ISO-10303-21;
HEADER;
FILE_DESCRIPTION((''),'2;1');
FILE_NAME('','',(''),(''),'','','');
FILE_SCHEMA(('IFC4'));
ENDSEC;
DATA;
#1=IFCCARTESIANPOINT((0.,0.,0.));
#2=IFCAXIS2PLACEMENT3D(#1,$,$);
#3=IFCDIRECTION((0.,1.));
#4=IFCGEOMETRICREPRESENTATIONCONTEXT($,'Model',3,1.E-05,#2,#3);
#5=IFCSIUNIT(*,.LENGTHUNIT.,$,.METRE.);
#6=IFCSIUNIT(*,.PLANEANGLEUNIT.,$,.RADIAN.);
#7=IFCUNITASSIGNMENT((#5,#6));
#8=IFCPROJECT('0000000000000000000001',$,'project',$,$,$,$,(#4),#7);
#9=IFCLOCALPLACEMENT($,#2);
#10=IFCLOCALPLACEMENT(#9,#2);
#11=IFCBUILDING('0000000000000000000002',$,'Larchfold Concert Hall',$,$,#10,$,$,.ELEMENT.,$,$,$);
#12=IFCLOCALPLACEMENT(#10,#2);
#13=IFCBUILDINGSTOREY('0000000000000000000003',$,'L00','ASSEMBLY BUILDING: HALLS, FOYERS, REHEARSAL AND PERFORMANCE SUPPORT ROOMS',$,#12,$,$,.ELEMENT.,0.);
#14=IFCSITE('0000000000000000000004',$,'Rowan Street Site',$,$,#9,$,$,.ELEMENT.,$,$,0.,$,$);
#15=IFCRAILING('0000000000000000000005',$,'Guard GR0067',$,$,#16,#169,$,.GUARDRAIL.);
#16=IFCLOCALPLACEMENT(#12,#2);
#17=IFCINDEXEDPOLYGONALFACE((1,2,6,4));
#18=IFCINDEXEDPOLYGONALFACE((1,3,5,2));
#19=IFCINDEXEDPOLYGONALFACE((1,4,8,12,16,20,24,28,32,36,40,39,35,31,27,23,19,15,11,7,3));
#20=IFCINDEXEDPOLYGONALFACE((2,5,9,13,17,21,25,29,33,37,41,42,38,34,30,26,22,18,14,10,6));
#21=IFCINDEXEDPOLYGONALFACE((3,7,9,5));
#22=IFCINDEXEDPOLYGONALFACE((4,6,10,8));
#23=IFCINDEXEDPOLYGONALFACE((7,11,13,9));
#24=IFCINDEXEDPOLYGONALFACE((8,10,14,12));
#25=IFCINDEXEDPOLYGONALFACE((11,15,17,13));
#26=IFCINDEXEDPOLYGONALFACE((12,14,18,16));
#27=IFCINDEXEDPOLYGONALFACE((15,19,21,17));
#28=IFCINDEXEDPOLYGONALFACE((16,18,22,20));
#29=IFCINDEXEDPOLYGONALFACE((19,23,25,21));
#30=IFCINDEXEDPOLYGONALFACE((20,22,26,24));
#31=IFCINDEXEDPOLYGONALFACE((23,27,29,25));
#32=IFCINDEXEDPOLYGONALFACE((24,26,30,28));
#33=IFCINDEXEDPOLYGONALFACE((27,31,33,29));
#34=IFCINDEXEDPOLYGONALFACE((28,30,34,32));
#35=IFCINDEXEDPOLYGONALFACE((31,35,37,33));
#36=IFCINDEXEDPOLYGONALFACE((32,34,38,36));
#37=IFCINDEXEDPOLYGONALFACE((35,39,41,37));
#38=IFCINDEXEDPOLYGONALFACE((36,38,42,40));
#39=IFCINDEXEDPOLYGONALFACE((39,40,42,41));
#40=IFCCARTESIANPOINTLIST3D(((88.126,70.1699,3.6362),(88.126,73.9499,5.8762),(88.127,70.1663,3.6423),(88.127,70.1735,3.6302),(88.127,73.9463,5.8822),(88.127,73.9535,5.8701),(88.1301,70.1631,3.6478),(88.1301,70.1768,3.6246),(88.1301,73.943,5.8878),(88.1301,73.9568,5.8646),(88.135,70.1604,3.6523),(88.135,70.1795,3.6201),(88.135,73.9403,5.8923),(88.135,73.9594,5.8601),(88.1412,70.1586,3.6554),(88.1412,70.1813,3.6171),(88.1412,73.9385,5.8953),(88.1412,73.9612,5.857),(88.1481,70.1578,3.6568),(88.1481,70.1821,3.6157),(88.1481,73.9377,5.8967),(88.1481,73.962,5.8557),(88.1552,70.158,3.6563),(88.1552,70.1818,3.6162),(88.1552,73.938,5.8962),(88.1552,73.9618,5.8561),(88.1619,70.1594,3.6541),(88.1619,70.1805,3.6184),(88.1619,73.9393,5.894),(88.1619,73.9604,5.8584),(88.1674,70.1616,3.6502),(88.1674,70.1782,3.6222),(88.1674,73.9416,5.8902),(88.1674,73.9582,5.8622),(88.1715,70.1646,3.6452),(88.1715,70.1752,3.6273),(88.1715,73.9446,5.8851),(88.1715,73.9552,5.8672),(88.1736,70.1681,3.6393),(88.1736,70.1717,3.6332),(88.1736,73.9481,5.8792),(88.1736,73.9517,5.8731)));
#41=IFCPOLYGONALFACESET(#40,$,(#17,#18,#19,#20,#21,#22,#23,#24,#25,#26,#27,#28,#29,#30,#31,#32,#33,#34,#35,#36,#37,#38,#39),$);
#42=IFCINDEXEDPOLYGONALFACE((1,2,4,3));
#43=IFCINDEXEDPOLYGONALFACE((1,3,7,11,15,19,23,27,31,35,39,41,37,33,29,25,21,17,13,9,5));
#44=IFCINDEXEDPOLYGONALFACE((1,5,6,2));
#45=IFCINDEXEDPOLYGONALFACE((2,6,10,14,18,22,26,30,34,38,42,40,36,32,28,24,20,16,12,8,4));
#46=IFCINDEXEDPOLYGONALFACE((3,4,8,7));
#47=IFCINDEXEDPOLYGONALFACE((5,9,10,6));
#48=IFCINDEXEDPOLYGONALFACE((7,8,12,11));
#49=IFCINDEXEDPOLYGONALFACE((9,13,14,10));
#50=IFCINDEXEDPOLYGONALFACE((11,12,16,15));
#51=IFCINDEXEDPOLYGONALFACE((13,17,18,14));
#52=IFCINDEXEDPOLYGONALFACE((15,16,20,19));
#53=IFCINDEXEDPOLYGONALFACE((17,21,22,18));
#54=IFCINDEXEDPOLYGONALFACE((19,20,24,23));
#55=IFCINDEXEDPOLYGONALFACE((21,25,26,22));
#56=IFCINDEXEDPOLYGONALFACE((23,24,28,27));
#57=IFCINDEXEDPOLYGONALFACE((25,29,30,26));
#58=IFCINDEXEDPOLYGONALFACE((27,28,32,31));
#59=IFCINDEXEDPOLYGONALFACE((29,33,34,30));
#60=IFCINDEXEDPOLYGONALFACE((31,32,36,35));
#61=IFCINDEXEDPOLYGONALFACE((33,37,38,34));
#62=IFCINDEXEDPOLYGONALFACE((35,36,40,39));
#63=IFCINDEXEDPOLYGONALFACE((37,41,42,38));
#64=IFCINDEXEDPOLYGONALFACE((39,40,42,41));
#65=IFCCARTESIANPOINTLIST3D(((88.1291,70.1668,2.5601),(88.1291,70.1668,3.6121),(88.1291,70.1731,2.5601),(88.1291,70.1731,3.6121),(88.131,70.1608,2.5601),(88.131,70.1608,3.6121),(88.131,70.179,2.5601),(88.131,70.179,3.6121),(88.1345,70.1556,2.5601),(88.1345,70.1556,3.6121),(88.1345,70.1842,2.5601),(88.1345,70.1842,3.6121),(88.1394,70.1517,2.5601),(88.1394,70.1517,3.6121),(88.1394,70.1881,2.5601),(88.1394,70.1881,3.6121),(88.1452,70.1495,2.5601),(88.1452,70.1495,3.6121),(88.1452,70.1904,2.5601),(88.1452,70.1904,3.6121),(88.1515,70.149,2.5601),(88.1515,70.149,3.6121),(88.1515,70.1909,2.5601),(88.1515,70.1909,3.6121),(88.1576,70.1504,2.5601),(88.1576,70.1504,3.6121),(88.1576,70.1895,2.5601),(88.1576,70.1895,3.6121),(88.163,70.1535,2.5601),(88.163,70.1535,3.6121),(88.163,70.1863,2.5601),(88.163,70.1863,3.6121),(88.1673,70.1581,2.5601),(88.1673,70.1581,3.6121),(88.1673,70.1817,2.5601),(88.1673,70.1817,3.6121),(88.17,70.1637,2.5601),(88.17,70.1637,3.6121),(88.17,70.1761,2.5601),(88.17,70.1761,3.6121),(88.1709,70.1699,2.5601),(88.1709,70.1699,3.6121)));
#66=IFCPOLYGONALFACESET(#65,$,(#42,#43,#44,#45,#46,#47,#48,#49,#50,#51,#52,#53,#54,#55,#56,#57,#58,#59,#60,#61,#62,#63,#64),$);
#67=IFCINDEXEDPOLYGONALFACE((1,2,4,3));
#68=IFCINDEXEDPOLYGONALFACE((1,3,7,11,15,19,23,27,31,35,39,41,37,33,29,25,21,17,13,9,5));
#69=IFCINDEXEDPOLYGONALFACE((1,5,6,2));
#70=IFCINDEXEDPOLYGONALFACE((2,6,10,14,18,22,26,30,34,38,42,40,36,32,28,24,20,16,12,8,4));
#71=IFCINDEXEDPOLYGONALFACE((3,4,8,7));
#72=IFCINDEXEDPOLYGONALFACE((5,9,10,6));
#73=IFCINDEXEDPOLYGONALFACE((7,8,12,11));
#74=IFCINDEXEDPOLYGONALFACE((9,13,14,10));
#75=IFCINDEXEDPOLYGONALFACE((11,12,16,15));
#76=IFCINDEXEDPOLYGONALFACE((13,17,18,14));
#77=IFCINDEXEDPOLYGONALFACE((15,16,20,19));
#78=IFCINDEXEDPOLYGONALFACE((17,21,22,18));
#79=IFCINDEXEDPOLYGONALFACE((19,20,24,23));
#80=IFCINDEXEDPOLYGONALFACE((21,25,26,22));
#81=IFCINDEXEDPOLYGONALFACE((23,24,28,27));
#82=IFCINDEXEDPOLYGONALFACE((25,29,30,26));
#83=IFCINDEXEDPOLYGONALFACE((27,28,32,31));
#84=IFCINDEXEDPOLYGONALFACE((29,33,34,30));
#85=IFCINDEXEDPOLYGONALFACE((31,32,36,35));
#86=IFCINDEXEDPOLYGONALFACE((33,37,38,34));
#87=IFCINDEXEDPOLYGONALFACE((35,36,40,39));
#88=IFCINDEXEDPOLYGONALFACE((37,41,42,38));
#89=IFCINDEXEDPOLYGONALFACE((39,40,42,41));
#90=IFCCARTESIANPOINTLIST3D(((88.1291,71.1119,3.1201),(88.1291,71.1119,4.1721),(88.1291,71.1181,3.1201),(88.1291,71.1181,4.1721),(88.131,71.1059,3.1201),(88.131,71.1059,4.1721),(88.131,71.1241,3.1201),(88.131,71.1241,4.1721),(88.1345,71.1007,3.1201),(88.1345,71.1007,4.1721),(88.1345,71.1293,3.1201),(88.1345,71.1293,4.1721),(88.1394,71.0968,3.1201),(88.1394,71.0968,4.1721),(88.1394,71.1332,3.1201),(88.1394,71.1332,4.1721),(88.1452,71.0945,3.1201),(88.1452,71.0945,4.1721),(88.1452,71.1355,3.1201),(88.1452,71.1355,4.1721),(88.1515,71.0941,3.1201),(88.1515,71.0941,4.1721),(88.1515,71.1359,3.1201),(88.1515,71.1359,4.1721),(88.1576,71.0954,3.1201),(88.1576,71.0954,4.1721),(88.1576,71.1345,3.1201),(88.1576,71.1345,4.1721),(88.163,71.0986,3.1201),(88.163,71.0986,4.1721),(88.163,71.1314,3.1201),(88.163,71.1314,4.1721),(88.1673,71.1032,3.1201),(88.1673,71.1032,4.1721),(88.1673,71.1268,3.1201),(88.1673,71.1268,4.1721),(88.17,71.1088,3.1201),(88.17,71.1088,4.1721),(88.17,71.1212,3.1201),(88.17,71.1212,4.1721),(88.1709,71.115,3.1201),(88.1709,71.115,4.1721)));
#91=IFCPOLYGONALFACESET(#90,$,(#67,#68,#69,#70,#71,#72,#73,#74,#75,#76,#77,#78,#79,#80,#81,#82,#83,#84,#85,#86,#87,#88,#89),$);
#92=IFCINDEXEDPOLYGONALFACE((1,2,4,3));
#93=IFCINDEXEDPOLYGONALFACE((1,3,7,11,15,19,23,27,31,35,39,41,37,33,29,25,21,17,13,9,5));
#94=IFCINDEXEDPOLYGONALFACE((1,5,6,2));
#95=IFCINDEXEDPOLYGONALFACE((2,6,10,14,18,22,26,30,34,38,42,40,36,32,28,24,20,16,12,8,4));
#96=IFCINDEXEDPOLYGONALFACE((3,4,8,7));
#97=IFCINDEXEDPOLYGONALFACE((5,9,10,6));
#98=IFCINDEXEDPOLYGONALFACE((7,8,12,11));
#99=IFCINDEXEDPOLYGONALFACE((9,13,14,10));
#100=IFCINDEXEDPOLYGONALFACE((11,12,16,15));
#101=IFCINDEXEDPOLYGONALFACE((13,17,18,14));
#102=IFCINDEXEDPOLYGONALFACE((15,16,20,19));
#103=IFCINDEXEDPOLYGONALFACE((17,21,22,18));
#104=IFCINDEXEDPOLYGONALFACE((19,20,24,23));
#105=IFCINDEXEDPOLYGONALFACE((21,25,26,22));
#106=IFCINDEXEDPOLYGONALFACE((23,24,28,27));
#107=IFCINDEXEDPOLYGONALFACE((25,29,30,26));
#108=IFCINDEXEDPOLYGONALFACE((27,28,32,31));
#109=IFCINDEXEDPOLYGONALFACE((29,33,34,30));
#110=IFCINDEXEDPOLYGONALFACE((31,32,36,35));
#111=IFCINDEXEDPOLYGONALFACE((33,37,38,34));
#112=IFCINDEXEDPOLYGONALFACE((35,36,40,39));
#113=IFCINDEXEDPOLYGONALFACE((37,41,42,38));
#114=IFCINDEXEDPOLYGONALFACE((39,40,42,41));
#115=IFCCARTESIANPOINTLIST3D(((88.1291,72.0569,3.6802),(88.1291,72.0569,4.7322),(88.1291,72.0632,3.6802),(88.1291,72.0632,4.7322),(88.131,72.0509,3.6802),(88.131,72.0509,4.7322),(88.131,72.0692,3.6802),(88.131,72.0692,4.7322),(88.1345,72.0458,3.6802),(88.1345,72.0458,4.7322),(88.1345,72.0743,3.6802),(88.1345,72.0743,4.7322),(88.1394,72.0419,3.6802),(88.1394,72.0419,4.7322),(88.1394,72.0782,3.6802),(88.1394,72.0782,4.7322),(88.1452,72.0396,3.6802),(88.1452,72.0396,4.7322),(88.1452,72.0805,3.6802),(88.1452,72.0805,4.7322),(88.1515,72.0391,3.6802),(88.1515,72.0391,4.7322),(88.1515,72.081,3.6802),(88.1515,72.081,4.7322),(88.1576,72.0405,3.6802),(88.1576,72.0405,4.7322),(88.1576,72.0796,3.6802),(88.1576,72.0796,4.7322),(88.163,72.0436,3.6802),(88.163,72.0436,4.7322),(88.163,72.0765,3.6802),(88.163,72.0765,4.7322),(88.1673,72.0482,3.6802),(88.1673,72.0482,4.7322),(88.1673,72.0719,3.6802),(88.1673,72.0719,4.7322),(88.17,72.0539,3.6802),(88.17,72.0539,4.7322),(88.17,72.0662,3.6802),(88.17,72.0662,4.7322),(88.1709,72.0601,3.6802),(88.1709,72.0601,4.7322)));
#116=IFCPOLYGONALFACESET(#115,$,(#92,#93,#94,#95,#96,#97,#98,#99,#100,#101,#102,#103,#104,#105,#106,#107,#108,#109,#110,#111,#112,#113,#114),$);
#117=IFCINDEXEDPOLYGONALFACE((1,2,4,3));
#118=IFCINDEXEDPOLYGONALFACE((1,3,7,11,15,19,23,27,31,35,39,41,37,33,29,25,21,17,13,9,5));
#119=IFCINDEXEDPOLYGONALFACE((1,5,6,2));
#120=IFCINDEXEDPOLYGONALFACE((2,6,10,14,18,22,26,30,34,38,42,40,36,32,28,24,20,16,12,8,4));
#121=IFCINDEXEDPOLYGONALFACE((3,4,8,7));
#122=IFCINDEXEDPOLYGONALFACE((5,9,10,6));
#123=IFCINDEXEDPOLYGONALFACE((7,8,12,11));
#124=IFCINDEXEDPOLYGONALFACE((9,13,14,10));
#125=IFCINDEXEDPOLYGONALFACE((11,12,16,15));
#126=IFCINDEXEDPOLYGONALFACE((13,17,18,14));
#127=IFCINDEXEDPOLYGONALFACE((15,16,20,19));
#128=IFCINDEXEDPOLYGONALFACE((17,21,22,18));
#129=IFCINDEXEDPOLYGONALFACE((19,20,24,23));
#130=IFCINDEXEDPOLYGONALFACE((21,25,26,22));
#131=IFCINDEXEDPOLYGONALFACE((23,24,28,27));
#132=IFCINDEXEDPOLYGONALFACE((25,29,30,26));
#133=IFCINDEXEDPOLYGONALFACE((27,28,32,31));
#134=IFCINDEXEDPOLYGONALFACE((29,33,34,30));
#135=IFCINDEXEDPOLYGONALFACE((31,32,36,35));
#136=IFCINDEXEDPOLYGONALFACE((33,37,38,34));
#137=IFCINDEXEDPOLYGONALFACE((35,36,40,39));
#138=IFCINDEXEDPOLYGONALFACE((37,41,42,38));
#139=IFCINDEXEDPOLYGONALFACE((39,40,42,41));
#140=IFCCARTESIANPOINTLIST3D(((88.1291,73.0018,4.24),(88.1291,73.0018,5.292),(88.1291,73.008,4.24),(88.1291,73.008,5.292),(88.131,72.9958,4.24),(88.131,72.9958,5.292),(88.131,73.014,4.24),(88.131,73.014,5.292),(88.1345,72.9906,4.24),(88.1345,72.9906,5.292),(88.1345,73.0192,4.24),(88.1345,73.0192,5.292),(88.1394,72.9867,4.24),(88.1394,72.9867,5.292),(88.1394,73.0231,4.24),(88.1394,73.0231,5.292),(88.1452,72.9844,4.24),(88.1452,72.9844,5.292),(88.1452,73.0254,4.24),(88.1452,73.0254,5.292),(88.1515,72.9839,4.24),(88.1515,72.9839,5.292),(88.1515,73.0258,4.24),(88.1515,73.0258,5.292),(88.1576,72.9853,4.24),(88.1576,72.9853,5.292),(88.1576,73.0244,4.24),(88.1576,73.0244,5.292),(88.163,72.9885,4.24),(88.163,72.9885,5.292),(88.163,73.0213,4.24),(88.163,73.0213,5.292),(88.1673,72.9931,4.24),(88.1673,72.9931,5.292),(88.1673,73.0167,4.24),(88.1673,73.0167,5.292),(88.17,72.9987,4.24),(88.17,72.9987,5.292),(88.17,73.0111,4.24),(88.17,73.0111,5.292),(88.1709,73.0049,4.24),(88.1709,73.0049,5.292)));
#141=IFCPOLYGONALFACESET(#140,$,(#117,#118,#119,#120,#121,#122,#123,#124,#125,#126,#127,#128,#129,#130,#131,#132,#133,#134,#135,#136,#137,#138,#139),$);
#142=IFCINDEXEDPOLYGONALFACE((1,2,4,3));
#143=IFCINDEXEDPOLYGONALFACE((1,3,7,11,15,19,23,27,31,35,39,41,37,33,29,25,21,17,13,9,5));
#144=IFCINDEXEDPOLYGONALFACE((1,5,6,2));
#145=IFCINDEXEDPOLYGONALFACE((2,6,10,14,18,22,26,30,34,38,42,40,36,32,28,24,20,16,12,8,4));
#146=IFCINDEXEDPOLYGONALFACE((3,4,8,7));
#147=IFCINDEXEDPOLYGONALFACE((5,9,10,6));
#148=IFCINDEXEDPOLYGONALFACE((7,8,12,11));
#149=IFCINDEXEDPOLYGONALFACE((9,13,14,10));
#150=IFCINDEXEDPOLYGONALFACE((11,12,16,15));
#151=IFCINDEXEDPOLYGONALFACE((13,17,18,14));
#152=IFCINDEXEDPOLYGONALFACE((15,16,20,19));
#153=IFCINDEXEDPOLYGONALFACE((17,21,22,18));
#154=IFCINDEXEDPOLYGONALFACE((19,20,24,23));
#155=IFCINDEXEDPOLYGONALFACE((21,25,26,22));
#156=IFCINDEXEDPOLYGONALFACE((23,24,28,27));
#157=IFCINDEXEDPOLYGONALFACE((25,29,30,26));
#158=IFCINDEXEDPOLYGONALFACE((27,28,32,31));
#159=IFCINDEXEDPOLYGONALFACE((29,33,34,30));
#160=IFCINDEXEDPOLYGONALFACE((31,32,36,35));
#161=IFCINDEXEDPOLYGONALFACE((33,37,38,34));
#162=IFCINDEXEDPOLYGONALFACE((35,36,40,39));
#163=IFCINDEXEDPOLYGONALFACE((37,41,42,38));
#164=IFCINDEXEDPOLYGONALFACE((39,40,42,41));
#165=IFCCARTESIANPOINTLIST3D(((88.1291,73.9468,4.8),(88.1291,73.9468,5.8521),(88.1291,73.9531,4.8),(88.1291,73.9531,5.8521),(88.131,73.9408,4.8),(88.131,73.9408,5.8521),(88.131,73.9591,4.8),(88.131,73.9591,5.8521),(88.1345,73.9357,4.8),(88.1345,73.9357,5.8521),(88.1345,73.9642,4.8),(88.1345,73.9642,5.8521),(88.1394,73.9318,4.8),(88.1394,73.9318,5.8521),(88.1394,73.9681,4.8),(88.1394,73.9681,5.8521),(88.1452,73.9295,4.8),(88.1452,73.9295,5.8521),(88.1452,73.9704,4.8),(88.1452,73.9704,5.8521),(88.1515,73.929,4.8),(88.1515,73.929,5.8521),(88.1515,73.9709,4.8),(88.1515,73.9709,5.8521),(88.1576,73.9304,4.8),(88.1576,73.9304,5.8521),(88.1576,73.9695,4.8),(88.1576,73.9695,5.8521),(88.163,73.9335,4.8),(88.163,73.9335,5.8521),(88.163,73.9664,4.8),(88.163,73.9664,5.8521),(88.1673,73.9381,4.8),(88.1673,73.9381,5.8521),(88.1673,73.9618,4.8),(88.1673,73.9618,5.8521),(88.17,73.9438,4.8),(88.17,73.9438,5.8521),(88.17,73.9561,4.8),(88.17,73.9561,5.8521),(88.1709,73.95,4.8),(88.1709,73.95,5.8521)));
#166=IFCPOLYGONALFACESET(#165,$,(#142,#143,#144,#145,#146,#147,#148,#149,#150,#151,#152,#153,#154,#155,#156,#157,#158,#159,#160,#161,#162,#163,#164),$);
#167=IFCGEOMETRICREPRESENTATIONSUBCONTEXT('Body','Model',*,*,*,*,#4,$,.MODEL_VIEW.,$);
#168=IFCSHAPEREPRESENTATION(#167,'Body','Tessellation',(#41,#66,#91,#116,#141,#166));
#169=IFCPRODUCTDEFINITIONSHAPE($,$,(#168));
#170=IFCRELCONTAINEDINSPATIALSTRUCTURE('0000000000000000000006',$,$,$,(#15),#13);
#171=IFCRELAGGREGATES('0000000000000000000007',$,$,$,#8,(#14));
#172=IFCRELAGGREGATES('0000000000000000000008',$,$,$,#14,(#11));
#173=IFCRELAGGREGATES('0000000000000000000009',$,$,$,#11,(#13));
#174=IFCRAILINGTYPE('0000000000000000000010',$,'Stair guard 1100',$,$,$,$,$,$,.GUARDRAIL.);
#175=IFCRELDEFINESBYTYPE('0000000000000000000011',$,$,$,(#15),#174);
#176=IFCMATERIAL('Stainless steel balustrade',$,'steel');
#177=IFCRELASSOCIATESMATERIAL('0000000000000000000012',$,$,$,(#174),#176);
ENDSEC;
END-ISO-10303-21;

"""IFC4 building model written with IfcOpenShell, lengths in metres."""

from ifc_helpers import new_model, si_unit, direction, frame, origin, origin_2d, place, context, subcontext, project, spatial, circle, extrude, material, type_object, element, save


model = new_model("IFC4")

# Units and contexts
model_context = context("Model", 3, precision=1e-05, world=origin(), true_north=direction((0.0, 1.0)))
body_context = subcontext(model_context, "Body", "Model", "MODEL_VIEW")
ifc_project = project(units=[si_unit("LENGTHUNIT", "METRE"), si_unit("PLANEANGLEUNIT", "RADIAN")], contexts=[model_context])

# Site, building, storey
site_placement = place(None, origin())
site = spatial("IfcSite", under=ifc_project, at=site_placement, Name="Rowan Street Site", CompositionType="ELEMENT", RefElevation=0.0)
building_placement = place(site_placement, origin())
building = spatial("IfcBuilding", under=site, at=building_placement, Name="Larchfold Concert Hall", CompositionType="ELEMENT")
storey_placement = place(building_placement, origin())
storey = spatial("IfcBuildingStorey", under=building, at=storey_placement, Name="L00", Description="ASSEMBLY BUILDING: HALLS, FOYERS, REHEARSAL AND PERFORMANCE SUPPORT ROOMS", CompositionType="ELEMENT", Elevation=0.0)

# Railing
ifc_material_1 = material(Name="Stainless steel balustrade", Category="steel")
railing_type_1 = type_object("IfcRailingType", Name="Stair guard 1100", PredefinedType="GUARDRAIL", material=ifc_material_1)
railing_1_placement = place(storey_placement, frame((88.1499, 70.1699, 2.5601)))
element("IfcRailing", 1, at=railing_1_placement, inside=storey, type_object=railing_type_1, Name="Guard GR0067", PredefinedType="GUARDRAIL", context=body_context, shape_type="SweptSolid", body=[
    extrude(circle(Radius=0.0239, at=origin_2d()), frame((0.0, 0.0, 1.0762), z_axis=(0.0, 0.860294, 0.509798), x_axis=(-1.0, 0.0, 0.0)), (0.0, 0.0, 1.0), 4.3938),
    extrude(circle(Radius=0.021, at=origin_2d()), origin(), (0.0, 0.0, 1.0), 1.052),
    extrude(circle(Radius=0.021, at=origin_2d()), frame((0.0, 0.9451, 0.5601)), (0.0, 0.0, 1.0), 1.052),
    extrude(circle(Radius=0.021, at=origin_2d()), frame((0.0, 1.8901, 1.1201)), (0.0, 0.0, 1.0), 1.052),
    extrude(circle(Radius=0.021, at=origin_2d()), frame((0.0, 2.835, 1.6799)), (0.0, 0.0, 1.0), 1.052),
    extrude(circle(Radius=0.021, at=origin_2d()), frame((0.0, 3.78, 2.24)), (0.0, 0.0, 1.0), 1.052),
])

save(model, "model.ifc")
